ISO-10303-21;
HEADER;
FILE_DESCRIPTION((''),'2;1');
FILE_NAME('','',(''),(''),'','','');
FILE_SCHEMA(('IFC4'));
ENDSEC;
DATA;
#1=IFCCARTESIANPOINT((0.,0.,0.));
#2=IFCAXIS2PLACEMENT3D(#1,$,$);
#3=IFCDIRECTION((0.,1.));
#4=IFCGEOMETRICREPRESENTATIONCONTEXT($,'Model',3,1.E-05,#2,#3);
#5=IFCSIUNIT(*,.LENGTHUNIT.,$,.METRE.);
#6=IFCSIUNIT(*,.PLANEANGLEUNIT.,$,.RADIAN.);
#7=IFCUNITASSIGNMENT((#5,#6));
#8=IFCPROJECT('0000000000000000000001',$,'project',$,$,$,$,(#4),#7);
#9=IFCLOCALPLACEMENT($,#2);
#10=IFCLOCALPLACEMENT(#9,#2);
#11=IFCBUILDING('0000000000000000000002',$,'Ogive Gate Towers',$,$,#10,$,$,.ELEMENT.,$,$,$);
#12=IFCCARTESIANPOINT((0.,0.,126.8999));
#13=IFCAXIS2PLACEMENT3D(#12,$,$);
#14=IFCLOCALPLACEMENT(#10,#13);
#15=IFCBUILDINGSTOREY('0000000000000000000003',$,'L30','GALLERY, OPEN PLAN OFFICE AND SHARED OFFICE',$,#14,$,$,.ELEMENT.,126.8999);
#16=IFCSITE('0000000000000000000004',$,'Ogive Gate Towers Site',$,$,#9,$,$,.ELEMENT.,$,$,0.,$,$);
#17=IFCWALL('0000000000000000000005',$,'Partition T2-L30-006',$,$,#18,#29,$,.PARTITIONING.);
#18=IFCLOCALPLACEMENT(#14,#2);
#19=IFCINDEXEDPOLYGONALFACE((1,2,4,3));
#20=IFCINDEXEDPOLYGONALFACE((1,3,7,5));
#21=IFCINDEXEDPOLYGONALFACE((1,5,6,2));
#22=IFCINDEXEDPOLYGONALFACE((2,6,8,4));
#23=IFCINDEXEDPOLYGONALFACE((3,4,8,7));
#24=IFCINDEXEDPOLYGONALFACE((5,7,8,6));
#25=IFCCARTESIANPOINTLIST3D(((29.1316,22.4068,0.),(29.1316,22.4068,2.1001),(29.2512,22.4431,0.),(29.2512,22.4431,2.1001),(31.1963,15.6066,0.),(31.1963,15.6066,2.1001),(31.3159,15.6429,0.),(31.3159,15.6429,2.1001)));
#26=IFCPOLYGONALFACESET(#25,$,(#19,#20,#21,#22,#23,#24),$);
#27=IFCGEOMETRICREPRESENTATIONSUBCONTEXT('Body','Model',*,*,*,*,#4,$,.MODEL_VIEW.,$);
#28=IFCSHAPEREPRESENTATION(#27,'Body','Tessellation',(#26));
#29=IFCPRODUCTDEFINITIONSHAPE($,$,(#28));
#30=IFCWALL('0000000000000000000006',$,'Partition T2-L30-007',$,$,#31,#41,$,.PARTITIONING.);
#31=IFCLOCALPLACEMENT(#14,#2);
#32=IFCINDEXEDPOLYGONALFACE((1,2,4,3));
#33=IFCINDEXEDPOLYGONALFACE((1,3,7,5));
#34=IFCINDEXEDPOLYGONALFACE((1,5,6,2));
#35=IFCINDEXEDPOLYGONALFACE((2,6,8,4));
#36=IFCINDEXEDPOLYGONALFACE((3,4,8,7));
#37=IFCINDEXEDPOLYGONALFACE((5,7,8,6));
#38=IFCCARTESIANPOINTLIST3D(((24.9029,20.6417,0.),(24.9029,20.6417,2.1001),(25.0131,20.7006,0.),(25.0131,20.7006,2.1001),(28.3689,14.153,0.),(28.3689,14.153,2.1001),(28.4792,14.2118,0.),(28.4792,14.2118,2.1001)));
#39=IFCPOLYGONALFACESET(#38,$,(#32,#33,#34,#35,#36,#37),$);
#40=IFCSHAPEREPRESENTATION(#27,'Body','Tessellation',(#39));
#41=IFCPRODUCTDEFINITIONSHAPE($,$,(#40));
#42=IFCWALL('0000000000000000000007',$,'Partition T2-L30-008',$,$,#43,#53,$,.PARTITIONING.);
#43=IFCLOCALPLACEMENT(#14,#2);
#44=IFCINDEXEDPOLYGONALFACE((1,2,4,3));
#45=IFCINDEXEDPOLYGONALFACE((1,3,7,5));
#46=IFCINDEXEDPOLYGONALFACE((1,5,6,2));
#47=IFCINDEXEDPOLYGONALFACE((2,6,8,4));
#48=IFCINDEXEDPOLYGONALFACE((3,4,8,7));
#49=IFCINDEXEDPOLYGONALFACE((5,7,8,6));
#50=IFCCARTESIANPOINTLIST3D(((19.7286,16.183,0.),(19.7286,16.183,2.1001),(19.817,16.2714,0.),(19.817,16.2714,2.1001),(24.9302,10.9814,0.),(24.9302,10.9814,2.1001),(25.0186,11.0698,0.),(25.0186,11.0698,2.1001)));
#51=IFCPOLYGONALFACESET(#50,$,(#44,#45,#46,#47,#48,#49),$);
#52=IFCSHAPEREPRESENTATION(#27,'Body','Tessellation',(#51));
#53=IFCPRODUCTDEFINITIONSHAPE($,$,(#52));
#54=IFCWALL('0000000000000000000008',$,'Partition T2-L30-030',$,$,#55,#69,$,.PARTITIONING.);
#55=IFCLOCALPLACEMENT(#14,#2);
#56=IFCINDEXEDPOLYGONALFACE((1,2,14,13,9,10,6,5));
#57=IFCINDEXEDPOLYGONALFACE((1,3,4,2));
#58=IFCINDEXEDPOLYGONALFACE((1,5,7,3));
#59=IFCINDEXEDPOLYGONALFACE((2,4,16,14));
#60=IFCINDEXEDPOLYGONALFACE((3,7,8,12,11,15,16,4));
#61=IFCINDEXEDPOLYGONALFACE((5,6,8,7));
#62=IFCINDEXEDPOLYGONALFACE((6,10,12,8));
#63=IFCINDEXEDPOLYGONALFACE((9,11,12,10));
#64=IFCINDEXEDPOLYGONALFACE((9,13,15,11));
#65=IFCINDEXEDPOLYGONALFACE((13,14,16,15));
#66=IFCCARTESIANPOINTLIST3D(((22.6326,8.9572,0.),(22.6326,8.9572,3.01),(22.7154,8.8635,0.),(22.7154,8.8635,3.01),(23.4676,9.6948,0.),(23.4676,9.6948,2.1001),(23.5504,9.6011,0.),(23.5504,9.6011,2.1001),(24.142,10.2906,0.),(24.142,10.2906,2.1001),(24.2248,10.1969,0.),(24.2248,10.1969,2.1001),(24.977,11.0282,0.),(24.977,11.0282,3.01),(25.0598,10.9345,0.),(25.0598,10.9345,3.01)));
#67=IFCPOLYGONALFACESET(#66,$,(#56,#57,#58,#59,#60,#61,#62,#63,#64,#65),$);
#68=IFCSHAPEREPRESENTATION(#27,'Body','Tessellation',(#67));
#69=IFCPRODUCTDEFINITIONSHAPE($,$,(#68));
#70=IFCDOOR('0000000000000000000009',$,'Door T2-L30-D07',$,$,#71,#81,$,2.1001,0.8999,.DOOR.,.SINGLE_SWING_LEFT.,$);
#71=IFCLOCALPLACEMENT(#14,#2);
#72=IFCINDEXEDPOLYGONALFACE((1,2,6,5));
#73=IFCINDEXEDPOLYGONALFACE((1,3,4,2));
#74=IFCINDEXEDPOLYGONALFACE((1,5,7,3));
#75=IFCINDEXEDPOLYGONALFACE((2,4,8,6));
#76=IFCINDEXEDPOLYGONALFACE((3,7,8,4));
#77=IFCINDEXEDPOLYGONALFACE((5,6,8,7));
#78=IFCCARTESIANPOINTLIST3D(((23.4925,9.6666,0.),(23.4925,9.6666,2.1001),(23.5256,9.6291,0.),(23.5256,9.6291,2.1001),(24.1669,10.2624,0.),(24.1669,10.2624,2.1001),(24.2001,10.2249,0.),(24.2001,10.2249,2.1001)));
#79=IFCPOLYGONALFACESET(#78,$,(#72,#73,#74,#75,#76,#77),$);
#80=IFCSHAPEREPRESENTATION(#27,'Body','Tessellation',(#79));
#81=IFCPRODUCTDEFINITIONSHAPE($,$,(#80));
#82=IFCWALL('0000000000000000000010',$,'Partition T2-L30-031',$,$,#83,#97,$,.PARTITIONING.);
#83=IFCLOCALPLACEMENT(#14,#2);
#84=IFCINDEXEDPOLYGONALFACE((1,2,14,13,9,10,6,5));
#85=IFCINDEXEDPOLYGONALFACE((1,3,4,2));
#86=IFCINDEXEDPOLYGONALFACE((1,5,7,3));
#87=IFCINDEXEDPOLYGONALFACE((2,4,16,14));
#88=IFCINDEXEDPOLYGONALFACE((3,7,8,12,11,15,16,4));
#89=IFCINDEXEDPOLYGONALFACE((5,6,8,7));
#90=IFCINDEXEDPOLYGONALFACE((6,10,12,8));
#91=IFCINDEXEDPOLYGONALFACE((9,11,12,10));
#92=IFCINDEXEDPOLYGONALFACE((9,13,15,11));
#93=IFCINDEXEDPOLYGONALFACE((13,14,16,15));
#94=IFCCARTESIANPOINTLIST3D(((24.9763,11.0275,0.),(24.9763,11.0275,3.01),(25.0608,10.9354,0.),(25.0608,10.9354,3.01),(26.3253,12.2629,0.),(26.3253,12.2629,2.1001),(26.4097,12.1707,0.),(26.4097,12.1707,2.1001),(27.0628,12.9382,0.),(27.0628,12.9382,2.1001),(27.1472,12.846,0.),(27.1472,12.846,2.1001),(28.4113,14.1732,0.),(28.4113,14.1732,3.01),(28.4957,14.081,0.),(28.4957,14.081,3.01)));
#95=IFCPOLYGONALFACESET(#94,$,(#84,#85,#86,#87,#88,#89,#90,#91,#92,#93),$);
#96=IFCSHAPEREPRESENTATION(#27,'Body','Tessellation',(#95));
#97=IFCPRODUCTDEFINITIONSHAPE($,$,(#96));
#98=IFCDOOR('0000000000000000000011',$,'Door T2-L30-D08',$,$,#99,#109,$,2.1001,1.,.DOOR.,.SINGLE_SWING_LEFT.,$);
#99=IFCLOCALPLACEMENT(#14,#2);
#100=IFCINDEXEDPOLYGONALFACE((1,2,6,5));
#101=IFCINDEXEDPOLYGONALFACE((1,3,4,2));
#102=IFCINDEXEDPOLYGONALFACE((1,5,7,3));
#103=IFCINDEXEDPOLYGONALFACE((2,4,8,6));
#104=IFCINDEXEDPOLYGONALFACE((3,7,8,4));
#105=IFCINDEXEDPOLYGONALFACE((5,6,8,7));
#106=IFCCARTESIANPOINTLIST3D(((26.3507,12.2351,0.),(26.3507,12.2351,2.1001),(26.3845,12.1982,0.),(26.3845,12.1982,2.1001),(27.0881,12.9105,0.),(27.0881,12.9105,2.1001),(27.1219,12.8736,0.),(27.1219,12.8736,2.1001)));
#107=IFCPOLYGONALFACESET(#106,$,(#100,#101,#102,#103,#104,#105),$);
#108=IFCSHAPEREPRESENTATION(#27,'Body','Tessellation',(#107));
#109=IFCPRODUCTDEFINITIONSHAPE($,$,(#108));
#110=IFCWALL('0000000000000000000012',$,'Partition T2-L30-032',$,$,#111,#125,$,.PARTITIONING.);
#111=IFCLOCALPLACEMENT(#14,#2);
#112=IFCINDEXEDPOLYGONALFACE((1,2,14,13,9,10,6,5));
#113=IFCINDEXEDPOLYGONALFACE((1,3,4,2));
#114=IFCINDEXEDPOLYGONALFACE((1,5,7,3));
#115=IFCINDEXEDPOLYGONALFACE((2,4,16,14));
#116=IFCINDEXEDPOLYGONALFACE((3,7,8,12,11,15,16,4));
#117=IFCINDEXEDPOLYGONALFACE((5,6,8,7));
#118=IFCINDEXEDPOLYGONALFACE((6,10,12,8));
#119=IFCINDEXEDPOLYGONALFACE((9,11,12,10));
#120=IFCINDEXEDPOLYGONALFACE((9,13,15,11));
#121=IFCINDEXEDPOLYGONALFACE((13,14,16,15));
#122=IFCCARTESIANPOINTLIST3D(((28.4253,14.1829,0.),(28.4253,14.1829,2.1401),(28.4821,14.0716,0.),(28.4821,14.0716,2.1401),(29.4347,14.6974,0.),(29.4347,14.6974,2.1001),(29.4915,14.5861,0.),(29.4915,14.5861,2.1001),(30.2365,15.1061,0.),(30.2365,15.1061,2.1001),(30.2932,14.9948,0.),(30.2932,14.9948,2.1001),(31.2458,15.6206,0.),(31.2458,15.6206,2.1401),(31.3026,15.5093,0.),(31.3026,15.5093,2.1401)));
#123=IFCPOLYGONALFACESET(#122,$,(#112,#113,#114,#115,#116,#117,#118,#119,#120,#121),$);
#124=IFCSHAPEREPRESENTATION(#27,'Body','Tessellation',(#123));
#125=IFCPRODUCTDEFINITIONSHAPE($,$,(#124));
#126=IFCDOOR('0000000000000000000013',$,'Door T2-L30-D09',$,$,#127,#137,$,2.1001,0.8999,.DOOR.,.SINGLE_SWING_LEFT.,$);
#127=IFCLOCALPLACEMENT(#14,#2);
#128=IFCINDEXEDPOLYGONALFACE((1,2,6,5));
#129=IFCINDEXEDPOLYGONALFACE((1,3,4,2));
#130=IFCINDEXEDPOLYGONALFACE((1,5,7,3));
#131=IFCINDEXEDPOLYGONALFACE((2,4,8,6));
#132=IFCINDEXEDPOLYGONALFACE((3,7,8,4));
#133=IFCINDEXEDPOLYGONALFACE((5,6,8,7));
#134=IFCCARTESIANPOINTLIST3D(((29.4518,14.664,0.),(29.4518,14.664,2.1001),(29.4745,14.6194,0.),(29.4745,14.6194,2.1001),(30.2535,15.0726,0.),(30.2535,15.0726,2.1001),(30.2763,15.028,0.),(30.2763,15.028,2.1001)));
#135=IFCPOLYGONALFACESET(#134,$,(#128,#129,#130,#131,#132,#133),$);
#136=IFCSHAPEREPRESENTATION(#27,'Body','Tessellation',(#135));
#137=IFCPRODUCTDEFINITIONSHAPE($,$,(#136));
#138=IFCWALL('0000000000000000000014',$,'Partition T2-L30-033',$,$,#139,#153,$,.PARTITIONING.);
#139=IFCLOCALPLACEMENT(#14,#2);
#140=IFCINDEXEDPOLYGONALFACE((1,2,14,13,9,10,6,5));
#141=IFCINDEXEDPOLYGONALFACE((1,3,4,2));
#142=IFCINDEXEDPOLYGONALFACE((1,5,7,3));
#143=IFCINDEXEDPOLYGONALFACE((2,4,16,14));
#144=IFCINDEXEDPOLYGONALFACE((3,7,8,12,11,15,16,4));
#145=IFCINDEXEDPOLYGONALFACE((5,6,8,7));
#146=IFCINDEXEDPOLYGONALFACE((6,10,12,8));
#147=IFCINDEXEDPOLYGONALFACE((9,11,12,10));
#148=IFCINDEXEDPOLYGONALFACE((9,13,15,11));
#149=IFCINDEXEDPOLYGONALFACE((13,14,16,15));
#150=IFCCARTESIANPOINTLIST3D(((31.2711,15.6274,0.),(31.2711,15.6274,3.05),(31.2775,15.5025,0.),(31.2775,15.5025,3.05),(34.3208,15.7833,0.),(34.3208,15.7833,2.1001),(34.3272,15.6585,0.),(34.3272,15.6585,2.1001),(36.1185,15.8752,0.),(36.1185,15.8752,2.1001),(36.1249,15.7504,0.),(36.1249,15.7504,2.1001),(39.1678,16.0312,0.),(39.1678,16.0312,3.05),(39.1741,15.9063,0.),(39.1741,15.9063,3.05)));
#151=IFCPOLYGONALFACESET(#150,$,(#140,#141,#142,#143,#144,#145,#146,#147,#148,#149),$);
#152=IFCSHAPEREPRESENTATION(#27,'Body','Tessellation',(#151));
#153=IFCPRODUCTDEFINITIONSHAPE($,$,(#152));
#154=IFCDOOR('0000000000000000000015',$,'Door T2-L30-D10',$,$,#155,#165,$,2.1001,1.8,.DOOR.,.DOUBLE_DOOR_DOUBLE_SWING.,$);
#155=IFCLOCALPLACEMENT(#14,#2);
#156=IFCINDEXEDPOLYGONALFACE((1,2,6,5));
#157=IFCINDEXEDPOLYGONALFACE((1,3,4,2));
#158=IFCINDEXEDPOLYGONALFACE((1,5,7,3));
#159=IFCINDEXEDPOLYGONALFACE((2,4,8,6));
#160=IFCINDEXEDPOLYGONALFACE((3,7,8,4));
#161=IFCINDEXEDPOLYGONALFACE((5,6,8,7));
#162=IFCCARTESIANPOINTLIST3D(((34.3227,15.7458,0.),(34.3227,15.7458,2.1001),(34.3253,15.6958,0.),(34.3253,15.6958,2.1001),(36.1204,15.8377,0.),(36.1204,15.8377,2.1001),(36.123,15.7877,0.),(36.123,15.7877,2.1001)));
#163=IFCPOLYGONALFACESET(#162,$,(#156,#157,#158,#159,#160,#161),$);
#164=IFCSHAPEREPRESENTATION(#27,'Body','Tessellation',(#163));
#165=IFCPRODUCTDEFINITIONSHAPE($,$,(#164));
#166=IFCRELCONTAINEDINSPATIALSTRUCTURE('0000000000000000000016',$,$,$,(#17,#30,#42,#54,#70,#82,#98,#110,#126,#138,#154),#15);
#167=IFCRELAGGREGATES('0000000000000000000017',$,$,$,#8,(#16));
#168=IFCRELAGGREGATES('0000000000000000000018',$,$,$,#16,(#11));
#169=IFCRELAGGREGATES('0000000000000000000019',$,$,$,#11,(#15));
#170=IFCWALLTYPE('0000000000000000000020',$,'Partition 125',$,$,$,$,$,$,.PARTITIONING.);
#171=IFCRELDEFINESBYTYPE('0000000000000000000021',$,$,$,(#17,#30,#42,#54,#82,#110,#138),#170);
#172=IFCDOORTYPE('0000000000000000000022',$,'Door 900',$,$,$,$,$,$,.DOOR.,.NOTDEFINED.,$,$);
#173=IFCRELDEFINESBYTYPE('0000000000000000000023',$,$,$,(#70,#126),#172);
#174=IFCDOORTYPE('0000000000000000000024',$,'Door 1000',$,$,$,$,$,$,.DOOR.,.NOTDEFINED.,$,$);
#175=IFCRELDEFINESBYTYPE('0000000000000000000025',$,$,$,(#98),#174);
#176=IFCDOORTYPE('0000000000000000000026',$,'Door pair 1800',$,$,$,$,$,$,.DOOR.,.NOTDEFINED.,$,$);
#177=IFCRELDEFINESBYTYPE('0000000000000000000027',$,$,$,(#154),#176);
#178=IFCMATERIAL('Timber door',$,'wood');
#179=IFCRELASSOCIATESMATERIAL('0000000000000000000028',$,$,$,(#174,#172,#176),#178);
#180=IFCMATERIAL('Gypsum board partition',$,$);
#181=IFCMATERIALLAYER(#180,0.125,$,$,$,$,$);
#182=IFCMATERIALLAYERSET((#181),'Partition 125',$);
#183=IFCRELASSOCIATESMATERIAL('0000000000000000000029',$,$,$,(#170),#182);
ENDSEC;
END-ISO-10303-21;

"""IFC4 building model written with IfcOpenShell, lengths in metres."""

from ifc_helpers import new_model, si_unit, direction, frame, frame_2d, origin, place, context, subcontext, project, spatial, rectangle, extrude, material, layer, layer_set, type_object, element, fill, save


model = new_model("IFC4")

# Units and contexts
model_context = context("Model", 3, precision=1e-05, world=origin(), true_north=direction((0.0, 1.0)))
body_context = subcontext(model_context, "Body", "Model", "MODEL_VIEW")
ifc_project = project(units=[si_unit("LENGTHUNIT", "METRE"), si_unit("PLANEANGLEUNIT", "RADIAN")], contexts=[model_context])

# Site, building, storey
site_placement = place(None, origin())
site = spatial("IfcSite", under=ifc_project, at=site_placement, Name="Ogive Gate Towers Site", CompositionType="ELEMENT", RefElevation=0.0)
building_placement = place(site_placement, origin())
building = spatial("IfcBuilding", under=site, at=building_placement, Name="Ogive Gate Towers", CompositionType="ELEMENT")
storey_placement = place(building_placement, frame((0.0, 0.0, 126.8999)))
storey = spatial("IfcBuildingStorey", under=building, at=storey_placement, Name="L30", Description="GALLERY, OPEN PLAN OFFICE AND SHARED OFFICE", CompositionType="ELEMENT", Elevation=126.8999)

# Shared definitions
ifc_material_1 = material(Name="Timber door", Category="wood")
door_type_1 = type_object("IfcDoorType", Name="Door 1000", OperationType="NOTDEFINED", PredefinedType="DOOR", material=ifc_material_1)

# Walls
ifc_material_2 = material(Name="Gypsum board partition")
ifc_layer_1 = layer(ifc_material_2, 0.125)
ifc_layer_set_1 = layer_set([ifc_layer_1], Name="Partition 125")
wall_type_1 = type_object("IfcWallType", Name="Partition 125", PredefinedType="PARTITIONING", material=ifc_layer_set_1)
wall_1_placement = place(storey_placement, frame((29.1914, 22.4248, 0.0), z_axis=(0.0, 0.0, 1.0), x_axis=(0.290533, -0.956865, 0.0)))
element("IfcWall", 1, at=wall_1_placement, inside=storey, type_object=wall_type_1, Name="Partition T2-L30-006", PredefinedType="PARTITIONING", context=body_context, shape_type="SweptSolid", body=[
    extrude(rectangle(XDim=7.1067, YDim=0.125, at=frame_2d((3.5532, 0.0))), origin(), (0.0, 0.0, 1.0), 2.1001),
])
wall_2_placement = place(storey_placement, frame((24.958, 20.6711, 0.0), z_axis=(0.0, 0.0, 1.0), x_axis=(0.471158, -0.882049, 0.0)))
element("IfcWall", 2, at=wall_2_placement, inside=storey, type_object=wall_type_1, Name="Partition T2-L30-007", PredefinedType="PARTITIONING", context=body_context, shape_type="SweptSolid", body=[
    extrude(rectangle(XDim=7.3564, YDim=0.125, at=frame_2d((3.6782, 0.0))), origin(), (0.0, 0.0, 1.0), 2.1001),
])
wall_3_placement = place(storey_placement, frame((19.7727, 16.2273, 0.0), z_axis=(0.0, 0.0, 1.0), x_axis=(0.707107, -0.707107, 0.0)))
element("IfcWall", 3, at=wall_3_placement, inside=storey, type_object=wall_type_1, Name="Partition T2-L30-008", PredefinedType="PARTITIONING", context=body_context, shape_type="SweptSolid", body=[
    extrude(rectangle(XDim=7.3562, YDim=0.125, at=frame_2d((3.6782, 0.0))), origin(), (0.0, 0.0, 1.0), 2.1001),
])

# Walls, openings, doors
wall_4_placement = place(storey_placement, frame((22.6741, 8.9104, 0.0), z_axis=(0.0, 0.0, 1.0), x_axis=(0.74946, 0.66205, 0.0)))
wall_4 = element("IfcWall", 4, at=wall_4_placement, inside=storey, type_object=wall_type_1, Name="Partition T2-L30-030", PredefinedType="PARTITIONING", context=body_context, shape_type="SweptSolid", body=[
    extrude(rectangle(XDim=3.1282, YDim=0.125, at=frame_2d((1.564, 0.0))), origin(), (0.0, 0.0, 1.0), 3.01),
])
opening_1_placement = place(wall_4_placement, frame((1.114, 0.0, 0.0)))
opening_1 = element("IfcOpeningElement", 5, at=opening_1_placement, cuts=wall_4, PredefinedType="OPENING", context=body_context, shape_type="SweptSolid", body=[
    extrude(rectangle(XDim=0.8999, YDim=2.1001, at=frame_2d((0.45, 1.05))), frame((0.0, 0.0725, 0.0), z_axis=(0.0, -1.0, 0.0), x_axis=(1.0, 0.0, 0.0)), (0.0, 0.0, 1.0), 0.145),
])
door_type_2 = type_object("IfcDoorType", Name="Door 900", OperationType="NOTDEFINED", PredefinedType="DOOR", material=ifc_material_1)
door_1_placement = place(opening_1_placement, origin())
door_1 = element("IfcDoor", 6, at=door_1_placement, inside=storey, type_object=door_type_2, Name="Door T2-L30-D07", OperationType="SINGLE_SWING_LEFT", OverallHeight=2.1001, OverallWidth=0.8999, PredefinedType="DOOR", context=body_context, shape_type="SweptSolid", body=[
    extrude(rectangle(XDim=0.8999, YDim=2.1001, at=frame_2d((0.45, 1.05))), frame((0.0, 0.0249, 0.0), z_axis=(0.0, -1.0, 0.0), x_axis=(1.0, 0.0, 0.0)), (0.0, 0.0, 1.0), 0.05),
])
fill(opening_1, door_1)
wall_5_placement = place(storey_placement, frame((25.0186, 10.9814, 0.0), z_axis=(0.0, 0.0, 1.0), x_axis=(0.73748, 0.675369, 0.0)))
wall_5 = element("IfcWall", 7, at=wall_5_placement, inside=storey, type_object=wall_type_1, Name="Partition T2-L30-031", PredefinedType="PARTITIONING", context=body_context, shape_type="SweptSolid", body=[
    extrude(rectangle(XDim=4.6577, YDim=0.125, at=frame_2d((2.3289, 0.0))), origin(), (0.0, 0.0, 1.0), 3.01),
])
opening_2_placement = place(wall_5_placement, frame((1.8291, 0.0, 0.0)))
opening_2 = element("IfcOpeningElement", 8, at=opening_2_placement, cuts=wall_5, PredefinedType="OPENING", context=body_context, shape_type="SweptSolid", body=[
    extrude(rectangle(XDim=1.0, YDim=2.1001, at=frame_2d((0.5, 1.05))), frame((0.0, 0.0725, 0.0), z_axis=(0.0, -1.0, 0.0), x_axis=(1.0, 0.0, 0.0)), (0.0, 0.0, 1.0), 0.145),
])
door_2_placement = place(opening_2_placement, origin())
door_2 = element("IfcDoor", 9, at=door_2_placement, inside=storey, type_object=door_type_1, Name="Door T2-L30-D08", OperationType="SINGLE_SWING_LEFT", OverallHeight=2.1001, OverallWidth=1.0, PredefinedType="DOOR", context=body_context, shape_type="SweptSolid", body=[
    extrude(rectangle(XDim=1.0, YDim=2.1001, at=frame_2d((0.5, 1.05))), frame((0.0, 0.0249, 0.0), z_axis=(0.0, -1.0, 0.0), x_axis=(1.0, 0.0, 0.0)), (0.0, 0.0, 1.0), 0.05),
])
fill(opening_2, door_2)
wall_6_placement = place(storey_placement, frame((28.4536, 14.1272, 0.0), z_axis=(0.0, 0.0, 1.0), x_axis=(0.89093, 0.454141, 0.0)))
wall_6 = element("IfcWall", 10, at=wall_6_placement, inside=storey, type_object=wall_type_1, Name="Partition T2-L30-032", PredefinedType="PARTITIONING", context=body_context, shape_type="SweptSolid", body=[
    extrude(rectangle(XDim=3.1658, YDim=0.125, at=frame_2d((1.583, 0.0))), origin(), (0.0, 0.0, 1.0), 2.1401),
])
opening_3_placement = place(wall_6_placement, frame((1.1331, 0.0, 0.0)))
opening_3 = element("IfcOpeningElement", 11, at=opening_3_placement, cuts=wall_6, PredefinedType="OPENING", context=body_context, shape_type="SweptSolid", body=[
    extrude(rectangle(XDim=0.8999, YDim=2.1001, at=frame_2d((0.45, 1.05))), frame((0.0, 0.0725, 0.0), z_axis=(0.0, -1.0, 0.0), x_axis=(1.0, 0.0, 0.0)), (0.0, 0.0, 1.0), 0.145),
])
door_3_placement = place(opening_3_placement, origin())
door_3 = element("IfcDoor", 12, at=door_3_placement, inside=storey, type_object=door_type_2, Name="Door T2-L30-D09", OperationType="SINGLE_SWING_LEFT", OverallHeight=2.1001, OverallWidth=0.8999, PredefinedType="DOOR", context=body_context, shape_type="SweptSolid", body=[
    extrude(rectangle(XDim=0.8999, YDim=2.1001, at=frame_2d((0.45, 1.05))), frame((0.0, 0.0249, 0.0), z_axis=(0.0, -1.0, 0.0), x_axis=(1.0, 0.0, 0.0)), (0.0, 0.0, 1.0), 0.05),
])
fill(opening_3, door_3)
wall_7_placement = place(storey_placement, frame((31.2742, 15.5649, 0.0), z_axis=(0.0, 0.0, 1.0), x_axis=(0.998695, 0.051069, 0.0)))
wall_7 = element("IfcWall", 13, at=wall_7_placement, inside=storey, type_object=wall_type_1, Name="Partition T2-L30-033", PredefinedType="PARTITIONING", context=body_context, shape_type="SweptSolid", body=[
    extrude(rectangle(XDim=7.907, YDim=0.125, at=frame_2d((3.9536, 0.0))), origin(), (0.0, 0.0, 1.0), 3.05),
])
opening_4_placement = place(wall_7_placement, frame((3.054, 0.0, 0.0)))
opening_4 = element("IfcOpeningElement", 14, at=opening_4_placement, cuts=wall_7, PredefinedType="OPENING", context=body_context, shape_type="SweptSolid", body=[
    extrude(rectangle(XDim=1.8, YDim=2.1001, at=frame_2d((0.8999, 1.05))), frame((0.0, 0.0725, 0.0), z_axis=(0.0, -1.0, 0.0), x_axis=(1.0, 0.0, 0.0)), (0.0, 0.0, 1.0), 0.145),
])
door_type_3 = type_object("IfcDoorType", Name="Door pair 1800", OperationType="NOTDEFINED", PredefinedType="DOOR", material=ifc_material_1)
door_4_placement = place(opening_4_placement, origin())
door_4 = element("IfcDoor", 15, at=door_4_placement, inside=storey, type_object=door_type_3, Name="Door T2-L30-D10", OperationType="DOUBLE_DOOR_DOUBLE_SWING", OverallHeight=2.1001, OverallWidth=1.8, PredefinedType="DOOR", context=body_context, shape_type="SweptSolid", body=[
    extrude(rectangle(XDim=1.8, YDim=2.1001, at=frame_2d((0.8999, 1.05))), frame((0.0, 0.0249, 0.0), z_axis=(0.0, -1.0, 0.0), x_axis=(1.0, 0.0, 0.0)), (0.0, 0.0, 1.0), 0.05),
])
fill(opening_4, door_4)

save(model, "model.ifc")
